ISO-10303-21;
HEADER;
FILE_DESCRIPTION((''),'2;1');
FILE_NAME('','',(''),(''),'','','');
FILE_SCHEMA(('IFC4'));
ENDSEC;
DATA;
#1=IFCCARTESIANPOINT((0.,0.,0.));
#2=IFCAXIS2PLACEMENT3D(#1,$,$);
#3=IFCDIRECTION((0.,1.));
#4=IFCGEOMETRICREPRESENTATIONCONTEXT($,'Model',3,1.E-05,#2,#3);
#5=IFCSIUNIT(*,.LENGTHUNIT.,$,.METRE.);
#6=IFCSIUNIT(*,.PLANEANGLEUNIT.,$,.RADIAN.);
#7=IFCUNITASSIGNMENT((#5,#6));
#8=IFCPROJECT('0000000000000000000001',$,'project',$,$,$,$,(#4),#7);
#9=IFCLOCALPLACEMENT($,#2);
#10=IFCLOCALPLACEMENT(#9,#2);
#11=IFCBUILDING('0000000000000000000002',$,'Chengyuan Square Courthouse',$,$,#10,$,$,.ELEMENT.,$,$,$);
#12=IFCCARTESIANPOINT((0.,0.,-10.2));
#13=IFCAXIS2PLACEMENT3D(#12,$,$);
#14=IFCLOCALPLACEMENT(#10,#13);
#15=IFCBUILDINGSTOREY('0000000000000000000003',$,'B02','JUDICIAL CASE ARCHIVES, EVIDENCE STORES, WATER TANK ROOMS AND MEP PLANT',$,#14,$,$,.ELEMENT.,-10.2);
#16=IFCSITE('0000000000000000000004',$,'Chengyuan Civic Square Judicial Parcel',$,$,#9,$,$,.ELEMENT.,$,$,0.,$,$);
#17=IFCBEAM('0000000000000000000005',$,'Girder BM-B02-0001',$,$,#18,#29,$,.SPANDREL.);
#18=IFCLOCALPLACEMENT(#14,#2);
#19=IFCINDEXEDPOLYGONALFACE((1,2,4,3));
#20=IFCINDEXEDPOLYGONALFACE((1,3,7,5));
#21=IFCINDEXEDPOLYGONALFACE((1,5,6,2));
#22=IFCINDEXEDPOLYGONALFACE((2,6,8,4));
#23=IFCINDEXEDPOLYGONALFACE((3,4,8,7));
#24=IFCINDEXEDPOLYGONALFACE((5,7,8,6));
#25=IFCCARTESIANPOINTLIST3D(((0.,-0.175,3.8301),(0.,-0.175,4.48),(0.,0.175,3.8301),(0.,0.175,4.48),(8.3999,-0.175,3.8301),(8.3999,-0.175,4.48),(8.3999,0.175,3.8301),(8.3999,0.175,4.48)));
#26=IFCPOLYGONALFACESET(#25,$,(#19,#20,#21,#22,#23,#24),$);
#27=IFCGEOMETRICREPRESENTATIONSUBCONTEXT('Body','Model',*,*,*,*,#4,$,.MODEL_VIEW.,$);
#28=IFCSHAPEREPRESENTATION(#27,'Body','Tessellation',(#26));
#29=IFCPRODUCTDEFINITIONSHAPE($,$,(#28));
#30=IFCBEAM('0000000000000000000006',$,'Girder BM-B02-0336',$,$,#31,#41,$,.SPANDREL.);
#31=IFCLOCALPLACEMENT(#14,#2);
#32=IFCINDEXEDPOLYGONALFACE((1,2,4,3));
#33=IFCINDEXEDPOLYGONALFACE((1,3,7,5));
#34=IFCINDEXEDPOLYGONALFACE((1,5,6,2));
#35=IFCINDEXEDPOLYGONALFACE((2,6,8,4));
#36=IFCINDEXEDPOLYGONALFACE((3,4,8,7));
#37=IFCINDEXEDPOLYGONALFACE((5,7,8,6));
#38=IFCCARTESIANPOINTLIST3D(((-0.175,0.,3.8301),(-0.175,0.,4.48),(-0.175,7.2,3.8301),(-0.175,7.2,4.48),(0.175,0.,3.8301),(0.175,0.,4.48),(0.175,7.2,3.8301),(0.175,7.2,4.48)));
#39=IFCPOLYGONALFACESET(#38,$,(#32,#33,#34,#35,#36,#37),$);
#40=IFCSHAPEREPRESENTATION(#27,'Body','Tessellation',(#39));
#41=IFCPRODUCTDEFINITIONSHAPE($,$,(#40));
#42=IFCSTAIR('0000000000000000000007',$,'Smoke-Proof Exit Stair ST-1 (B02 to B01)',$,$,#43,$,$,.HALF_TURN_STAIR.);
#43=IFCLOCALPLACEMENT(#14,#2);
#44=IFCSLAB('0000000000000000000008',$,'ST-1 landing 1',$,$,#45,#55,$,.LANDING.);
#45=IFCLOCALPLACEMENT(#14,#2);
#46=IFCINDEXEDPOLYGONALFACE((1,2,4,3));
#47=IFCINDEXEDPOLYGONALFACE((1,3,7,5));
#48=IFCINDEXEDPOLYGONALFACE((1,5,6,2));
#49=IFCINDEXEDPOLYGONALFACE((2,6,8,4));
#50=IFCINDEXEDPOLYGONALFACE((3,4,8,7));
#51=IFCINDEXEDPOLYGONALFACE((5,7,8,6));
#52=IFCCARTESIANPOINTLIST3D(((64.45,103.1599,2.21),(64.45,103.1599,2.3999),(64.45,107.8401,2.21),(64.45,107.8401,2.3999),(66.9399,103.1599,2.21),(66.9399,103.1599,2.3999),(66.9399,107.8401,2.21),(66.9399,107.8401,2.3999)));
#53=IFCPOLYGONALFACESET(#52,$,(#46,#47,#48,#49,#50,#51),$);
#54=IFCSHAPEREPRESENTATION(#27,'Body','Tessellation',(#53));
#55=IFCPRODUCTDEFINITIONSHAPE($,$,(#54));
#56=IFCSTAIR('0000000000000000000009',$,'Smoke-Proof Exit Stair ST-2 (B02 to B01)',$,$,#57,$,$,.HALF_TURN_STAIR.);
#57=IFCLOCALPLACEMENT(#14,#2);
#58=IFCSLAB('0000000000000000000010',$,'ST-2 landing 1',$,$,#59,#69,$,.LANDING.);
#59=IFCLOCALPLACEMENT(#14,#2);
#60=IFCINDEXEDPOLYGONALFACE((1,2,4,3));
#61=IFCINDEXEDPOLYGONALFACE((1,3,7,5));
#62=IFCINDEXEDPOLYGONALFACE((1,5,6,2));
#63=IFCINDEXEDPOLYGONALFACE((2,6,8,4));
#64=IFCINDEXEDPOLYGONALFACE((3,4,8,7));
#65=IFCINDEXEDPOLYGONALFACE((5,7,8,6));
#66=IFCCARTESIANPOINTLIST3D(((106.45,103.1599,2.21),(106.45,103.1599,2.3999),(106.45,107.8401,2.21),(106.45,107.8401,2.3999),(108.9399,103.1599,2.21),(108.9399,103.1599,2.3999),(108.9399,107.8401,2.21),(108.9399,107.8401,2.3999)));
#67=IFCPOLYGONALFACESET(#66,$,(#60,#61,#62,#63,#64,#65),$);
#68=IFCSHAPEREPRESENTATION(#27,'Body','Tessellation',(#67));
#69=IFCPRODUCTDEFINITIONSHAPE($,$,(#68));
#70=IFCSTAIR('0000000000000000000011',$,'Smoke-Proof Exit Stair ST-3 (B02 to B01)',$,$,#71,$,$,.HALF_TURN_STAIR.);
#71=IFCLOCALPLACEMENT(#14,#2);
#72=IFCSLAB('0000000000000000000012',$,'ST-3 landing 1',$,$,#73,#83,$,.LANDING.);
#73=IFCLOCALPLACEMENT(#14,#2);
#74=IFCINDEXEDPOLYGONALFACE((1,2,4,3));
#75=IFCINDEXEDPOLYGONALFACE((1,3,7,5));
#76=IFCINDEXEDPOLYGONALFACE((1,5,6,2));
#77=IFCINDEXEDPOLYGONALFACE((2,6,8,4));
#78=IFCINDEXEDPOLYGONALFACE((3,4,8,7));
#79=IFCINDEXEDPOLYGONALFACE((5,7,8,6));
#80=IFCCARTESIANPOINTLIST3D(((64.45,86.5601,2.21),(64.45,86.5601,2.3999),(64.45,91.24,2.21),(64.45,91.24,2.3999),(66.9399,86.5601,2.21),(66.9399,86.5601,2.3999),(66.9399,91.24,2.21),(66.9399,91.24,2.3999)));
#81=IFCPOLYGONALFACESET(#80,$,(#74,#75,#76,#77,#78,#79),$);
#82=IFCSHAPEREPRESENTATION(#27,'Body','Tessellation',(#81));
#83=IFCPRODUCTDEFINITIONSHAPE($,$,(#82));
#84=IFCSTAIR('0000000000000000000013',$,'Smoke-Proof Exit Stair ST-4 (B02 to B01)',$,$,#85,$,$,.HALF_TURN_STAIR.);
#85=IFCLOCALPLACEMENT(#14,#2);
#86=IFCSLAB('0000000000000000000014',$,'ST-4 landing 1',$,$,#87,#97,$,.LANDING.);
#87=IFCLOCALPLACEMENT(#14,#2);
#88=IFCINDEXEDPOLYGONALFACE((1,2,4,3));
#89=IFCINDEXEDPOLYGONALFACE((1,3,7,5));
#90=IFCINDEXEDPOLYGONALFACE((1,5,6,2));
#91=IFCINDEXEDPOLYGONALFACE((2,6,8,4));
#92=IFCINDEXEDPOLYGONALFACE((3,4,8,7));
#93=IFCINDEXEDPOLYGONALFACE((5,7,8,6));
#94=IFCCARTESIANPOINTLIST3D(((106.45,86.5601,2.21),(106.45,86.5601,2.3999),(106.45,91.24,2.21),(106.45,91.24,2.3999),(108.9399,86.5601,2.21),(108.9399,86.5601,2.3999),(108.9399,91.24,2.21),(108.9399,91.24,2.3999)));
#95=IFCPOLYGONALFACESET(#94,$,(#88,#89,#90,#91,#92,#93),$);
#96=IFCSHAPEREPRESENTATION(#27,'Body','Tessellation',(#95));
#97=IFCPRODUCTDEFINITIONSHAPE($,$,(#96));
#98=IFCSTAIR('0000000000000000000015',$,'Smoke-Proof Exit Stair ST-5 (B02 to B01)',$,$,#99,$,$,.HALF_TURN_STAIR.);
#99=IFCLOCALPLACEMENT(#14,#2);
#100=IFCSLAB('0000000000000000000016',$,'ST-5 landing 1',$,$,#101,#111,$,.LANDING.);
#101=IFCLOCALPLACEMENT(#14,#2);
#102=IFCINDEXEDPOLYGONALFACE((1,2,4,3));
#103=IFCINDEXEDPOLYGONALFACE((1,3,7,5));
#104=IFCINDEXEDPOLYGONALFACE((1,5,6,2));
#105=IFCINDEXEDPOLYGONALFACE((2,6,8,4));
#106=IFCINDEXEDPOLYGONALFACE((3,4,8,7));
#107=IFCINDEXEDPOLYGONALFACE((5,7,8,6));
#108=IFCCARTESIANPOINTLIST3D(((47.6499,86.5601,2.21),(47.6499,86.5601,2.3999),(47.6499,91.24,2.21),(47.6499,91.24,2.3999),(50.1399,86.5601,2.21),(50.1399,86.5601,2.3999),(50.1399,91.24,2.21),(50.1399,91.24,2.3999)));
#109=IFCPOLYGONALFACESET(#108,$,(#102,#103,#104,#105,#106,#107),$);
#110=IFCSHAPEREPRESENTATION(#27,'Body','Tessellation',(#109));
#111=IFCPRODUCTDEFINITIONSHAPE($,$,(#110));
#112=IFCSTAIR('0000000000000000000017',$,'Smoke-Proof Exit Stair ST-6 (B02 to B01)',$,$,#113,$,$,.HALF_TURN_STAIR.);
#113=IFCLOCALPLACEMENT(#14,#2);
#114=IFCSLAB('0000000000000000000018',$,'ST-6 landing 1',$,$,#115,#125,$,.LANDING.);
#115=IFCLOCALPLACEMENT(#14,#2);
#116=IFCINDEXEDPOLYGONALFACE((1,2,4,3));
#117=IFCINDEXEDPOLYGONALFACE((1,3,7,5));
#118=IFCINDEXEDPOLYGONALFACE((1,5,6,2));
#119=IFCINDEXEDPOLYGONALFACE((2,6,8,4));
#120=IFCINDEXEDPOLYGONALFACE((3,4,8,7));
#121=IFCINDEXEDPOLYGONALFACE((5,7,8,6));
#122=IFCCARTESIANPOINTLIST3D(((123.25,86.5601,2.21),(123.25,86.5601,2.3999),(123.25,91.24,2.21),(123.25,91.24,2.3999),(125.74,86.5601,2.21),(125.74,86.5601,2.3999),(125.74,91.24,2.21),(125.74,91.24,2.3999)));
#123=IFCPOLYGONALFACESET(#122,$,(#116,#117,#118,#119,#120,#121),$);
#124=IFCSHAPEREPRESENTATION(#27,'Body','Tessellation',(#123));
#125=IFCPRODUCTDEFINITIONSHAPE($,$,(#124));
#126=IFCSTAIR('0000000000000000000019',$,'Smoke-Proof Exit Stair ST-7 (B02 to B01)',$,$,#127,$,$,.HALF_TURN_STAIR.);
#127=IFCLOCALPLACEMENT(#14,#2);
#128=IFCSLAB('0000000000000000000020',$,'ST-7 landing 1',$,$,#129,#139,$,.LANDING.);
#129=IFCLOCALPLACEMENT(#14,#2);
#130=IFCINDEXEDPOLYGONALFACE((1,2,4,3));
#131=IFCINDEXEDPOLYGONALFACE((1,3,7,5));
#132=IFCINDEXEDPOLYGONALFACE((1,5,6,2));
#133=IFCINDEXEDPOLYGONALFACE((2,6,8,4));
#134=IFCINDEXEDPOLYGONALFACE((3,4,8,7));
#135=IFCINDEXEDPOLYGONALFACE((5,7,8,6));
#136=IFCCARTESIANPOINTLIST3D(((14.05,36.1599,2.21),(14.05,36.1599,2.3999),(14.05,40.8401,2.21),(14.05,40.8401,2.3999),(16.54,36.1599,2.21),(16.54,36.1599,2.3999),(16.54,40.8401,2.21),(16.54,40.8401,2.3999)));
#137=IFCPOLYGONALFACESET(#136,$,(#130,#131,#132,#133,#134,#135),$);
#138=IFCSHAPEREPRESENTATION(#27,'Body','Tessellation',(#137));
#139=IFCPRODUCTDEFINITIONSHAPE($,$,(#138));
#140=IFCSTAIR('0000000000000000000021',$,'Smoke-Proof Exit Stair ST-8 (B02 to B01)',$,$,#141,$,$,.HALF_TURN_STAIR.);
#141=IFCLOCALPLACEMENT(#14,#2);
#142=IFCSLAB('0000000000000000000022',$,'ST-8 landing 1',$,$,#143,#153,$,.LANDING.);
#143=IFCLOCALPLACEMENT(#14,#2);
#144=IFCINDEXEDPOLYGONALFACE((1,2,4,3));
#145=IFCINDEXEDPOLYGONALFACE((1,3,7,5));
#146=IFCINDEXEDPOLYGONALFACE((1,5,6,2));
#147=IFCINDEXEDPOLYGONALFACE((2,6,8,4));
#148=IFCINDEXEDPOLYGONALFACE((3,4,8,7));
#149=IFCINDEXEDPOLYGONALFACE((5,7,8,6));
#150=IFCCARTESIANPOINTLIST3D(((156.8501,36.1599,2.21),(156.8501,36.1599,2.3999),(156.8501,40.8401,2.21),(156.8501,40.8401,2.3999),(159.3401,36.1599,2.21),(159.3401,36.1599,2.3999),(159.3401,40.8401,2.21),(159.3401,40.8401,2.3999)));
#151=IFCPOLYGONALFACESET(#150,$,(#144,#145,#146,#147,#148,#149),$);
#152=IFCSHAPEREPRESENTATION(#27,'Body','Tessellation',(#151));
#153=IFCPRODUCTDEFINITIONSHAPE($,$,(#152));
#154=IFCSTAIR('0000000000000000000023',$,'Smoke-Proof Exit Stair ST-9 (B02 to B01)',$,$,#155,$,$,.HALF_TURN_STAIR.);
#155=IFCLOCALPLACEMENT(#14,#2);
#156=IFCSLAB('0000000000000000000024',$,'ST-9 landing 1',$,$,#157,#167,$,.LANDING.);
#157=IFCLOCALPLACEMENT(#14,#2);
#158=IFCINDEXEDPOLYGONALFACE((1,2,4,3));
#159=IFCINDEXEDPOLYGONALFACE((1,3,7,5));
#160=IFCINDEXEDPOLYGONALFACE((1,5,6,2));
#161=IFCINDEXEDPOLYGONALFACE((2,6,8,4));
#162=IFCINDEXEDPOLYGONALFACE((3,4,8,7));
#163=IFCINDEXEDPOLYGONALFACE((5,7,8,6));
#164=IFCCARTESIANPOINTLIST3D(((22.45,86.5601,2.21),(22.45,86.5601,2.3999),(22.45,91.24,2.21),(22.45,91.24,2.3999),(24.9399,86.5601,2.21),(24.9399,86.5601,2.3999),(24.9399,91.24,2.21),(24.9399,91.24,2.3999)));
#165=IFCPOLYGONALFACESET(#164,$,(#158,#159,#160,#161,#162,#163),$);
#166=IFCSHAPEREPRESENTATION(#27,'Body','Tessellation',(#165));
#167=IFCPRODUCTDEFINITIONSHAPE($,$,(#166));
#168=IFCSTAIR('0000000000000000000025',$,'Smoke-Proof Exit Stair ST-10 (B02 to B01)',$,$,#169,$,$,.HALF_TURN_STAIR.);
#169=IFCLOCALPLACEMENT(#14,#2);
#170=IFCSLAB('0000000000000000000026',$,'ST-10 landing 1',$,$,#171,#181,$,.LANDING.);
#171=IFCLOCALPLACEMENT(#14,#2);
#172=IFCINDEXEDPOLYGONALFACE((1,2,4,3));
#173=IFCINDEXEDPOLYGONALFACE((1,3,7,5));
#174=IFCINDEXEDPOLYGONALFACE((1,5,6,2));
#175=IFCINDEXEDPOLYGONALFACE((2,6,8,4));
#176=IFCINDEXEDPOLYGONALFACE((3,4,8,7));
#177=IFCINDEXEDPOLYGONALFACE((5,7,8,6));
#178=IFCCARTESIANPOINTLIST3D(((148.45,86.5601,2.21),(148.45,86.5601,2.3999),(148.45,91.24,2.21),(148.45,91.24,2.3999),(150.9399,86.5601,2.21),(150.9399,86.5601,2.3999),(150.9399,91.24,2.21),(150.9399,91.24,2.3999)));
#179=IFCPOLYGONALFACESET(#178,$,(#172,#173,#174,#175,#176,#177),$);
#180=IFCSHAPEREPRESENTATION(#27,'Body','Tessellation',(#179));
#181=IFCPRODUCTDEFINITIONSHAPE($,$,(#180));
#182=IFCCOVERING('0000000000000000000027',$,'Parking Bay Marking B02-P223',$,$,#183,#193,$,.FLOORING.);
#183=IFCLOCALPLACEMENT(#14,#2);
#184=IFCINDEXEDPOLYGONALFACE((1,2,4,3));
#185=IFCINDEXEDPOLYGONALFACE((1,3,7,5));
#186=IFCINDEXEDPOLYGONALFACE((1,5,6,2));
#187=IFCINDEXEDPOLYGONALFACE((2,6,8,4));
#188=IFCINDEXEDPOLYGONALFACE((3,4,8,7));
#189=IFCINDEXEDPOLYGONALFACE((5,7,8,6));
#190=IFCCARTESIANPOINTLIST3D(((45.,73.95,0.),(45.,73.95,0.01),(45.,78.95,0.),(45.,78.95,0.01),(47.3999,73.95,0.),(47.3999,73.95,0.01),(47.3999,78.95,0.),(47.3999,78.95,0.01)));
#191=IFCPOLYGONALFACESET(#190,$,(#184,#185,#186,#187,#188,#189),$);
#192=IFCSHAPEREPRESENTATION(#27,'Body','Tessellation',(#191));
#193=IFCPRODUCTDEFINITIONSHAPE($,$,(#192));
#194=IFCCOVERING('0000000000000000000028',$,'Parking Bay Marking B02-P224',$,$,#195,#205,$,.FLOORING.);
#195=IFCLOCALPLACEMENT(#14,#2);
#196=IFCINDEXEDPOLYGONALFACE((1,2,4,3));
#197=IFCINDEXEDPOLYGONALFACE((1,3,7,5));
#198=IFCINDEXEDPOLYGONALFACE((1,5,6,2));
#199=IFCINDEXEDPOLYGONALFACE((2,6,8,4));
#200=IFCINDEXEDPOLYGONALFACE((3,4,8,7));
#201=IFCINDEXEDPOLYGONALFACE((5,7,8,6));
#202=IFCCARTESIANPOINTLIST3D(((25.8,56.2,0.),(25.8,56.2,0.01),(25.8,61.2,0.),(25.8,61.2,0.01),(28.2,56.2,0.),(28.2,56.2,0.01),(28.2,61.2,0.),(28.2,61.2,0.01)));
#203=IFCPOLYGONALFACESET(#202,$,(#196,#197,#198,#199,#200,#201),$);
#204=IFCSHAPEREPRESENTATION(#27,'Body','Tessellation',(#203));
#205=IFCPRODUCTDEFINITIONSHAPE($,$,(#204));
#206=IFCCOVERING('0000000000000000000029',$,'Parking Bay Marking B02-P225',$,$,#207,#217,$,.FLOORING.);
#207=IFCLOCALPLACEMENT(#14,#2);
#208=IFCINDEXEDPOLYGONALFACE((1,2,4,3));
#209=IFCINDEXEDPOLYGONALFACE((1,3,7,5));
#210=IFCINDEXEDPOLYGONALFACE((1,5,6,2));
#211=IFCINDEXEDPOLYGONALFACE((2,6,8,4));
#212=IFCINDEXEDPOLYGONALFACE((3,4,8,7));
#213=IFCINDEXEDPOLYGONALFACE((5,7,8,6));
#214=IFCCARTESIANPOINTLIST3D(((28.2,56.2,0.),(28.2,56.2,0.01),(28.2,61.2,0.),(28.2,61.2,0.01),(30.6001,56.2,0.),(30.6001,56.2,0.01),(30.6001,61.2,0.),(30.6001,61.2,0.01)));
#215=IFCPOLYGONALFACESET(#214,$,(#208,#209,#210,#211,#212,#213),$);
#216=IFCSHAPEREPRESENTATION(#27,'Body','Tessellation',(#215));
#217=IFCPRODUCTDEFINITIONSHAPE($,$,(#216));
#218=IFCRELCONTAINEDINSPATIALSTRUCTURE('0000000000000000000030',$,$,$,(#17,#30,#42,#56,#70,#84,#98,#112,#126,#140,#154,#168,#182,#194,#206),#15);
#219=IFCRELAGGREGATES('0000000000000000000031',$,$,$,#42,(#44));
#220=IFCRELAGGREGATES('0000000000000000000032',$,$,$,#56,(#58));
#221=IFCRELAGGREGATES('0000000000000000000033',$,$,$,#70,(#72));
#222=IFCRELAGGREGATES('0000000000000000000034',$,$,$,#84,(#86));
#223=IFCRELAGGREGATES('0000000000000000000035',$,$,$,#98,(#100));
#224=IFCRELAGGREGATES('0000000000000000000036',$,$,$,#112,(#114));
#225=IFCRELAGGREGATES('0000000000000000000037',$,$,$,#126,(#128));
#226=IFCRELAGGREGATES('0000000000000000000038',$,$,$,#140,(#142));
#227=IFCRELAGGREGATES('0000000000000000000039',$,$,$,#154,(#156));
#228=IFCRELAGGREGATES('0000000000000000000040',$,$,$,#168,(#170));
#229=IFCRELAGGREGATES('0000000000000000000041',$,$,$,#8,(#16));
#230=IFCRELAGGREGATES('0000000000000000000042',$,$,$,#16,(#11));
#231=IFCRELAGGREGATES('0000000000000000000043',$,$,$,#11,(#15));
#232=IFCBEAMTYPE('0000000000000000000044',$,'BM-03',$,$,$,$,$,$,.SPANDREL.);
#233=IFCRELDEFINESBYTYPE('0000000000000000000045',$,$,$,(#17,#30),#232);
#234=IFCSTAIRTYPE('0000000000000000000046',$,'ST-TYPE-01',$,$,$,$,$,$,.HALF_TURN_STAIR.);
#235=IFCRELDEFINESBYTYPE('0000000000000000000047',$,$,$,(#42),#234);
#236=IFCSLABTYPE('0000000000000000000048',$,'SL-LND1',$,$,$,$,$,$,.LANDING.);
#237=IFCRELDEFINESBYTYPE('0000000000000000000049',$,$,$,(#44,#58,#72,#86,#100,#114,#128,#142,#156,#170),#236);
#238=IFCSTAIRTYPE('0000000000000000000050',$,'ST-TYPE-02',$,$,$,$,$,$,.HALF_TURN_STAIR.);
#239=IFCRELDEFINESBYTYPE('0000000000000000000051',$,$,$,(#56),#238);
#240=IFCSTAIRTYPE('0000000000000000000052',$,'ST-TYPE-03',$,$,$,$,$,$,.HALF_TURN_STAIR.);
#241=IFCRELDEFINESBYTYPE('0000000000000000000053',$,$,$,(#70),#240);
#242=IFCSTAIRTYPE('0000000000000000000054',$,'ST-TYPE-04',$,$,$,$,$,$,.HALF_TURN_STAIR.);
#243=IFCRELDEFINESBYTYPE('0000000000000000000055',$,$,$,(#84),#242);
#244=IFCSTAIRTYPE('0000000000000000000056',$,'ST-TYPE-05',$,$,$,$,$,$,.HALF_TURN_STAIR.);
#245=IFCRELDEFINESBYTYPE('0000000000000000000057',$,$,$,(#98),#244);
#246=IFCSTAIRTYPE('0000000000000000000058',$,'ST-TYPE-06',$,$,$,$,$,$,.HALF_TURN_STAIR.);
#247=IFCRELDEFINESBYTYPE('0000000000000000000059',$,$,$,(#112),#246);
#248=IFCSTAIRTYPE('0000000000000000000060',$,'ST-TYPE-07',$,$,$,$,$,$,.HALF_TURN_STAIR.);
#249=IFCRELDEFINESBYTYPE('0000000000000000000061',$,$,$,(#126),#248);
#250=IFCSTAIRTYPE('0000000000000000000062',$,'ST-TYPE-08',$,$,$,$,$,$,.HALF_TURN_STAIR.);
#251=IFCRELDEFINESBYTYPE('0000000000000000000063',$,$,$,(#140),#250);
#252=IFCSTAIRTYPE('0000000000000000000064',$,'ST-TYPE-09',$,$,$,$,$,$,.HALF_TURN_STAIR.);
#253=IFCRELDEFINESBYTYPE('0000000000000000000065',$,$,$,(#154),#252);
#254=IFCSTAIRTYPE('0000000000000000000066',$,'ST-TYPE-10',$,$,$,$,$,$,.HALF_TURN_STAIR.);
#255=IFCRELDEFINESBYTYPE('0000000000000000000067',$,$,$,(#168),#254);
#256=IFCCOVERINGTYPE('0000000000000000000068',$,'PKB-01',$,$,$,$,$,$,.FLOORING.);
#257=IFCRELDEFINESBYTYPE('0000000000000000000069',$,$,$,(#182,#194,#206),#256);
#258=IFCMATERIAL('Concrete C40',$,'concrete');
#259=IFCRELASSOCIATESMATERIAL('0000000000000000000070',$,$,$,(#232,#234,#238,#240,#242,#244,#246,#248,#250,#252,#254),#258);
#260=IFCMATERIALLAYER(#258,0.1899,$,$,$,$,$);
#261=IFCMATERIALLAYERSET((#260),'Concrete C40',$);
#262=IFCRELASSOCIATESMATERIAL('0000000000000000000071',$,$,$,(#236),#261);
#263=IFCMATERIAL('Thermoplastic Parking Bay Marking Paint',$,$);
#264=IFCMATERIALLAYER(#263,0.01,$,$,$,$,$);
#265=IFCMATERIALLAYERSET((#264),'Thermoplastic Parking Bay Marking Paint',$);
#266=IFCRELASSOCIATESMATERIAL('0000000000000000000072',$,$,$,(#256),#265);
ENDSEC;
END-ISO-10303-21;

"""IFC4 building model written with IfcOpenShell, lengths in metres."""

from ifc_helpers import new_model, si_unit, direction, frame, origin, origin_2d, place, context, subcontext, project, spatial, polyline, rectangle, outline, extrude, material, layer, layer_set, material_profile, profile_set, type_object, element, aggregate, save


model = new_model("IFC4")

# Units and contexts
model_context = context("Model", 3, precision=1e-05, world=origin(), true_north=direction((0.0, 1.0)))
body_context = subcontext(model_context, "Body", "Model", "MODEL_VIEW")
ifc_project = project(units=[si_unit("LENGTHUNIT", "METRE"), si_unit("PLANEANGLEUNIT", "RADIAN")], contexts=[model_context])

# Site, building, storey
site_placement = place(None, origin())
site = spatial("IfcSite", under=ifc_project, at=site_placement, Name="Chengyuan Civic Square Judicial Parcel", CompositionType="ELEMENT", RefElevation=0.0)
building_placement = place(site_placement, origin())
building = spatial("IfcBuilding", under=site, at=building_placement, Name="Chengyuan Square Courthouse", CompositionType="ELEMENT")
storey_placement = place(building_placement, frame((0.0, 0.0, -10.2)))
storey = spatial("IfcBuildingStorey", under=building, at=storey_placement, Name="B02", Description="JUDICIAL CASE ARCHIVES, EVIDENCE STORES, WATER TANK ROOMS AND MEP PLANT", CompositionType="ELEMENT", Elevation=-10.2)

# Beams
ifc_material_1 = material(Name="Concrete C40", Category="concrete")
ifc_material_profile = material_profile(ifc_material_1, rectangle(XDim=0.3501, YDim=0.6499, at=origin_2d()), Name="RC-BM-350x650")
ifc_profile_set = profile_set([ifc_material_profile], Name="Concrete C40")
beam_type = type_object("IfcBeamType", Name="BM-03", PredefinedType="SPANDREL", material=ifc_profile_set)
beam_1_placement = place(storey_placement, frame((0.0, 0.0, 4.155), z_axis=(1.0, 0.0, 0.0), x_axis=(0.0, 1.0, 0.0)))
element("IfcBeam", 1, at=beam_1_placement, inside=storey, type_object=beam_type, Name="Girder BM-B02-0001", PredefinedType="SPANDREL", context=body_context, shape_type="SweptSolid", body=[
    extrude(rectangle(XDim=0.3501, YDim=0.6499, at=origin_2d()), origin(), (0.0, 0.0, 1.0), 8.3999),
])
beam_2_placement = place(storey_placement, frame((0.0, 0.0, 4.155), z_axis=(0.0, 1.0, 0.0), x_axis=(-1.0, 0.0, 0.0)))
element("IfcBeam", 2, at=beam_2_placement, inside=storey, type_object=beam_type, Name="Girder BM-B02-0336", PredefinedType="SPANDREL", context=body_context, shape_type="SweptSolid", body=[
    extrude(rectangle(XDim=0.3501, YDim=0.6499, at=origin_2d()), origin(), (0.0, 0.0, 1.0), 7.2),
])

# Stairs, slabs
stair_type_1 = type_object("IfcStairType", Name="ST-TYPE-01", PredefinedType="HALF_TURN_STAIR", material=ifc_material_1)
stair_1_placement = place(storey_placement, origin())
stair_1 = element("IfcStair", 3, at=stair_1_placement, inside=storey, type_object=stair_type_1, Name="Smoke-Proof Exit Stair ST-1 (B02 to B01)", PredefinedType="HALF_TURN_STAIR")
ifc_layer_1 = layer(ifc_material_1, 0.1899)
ifc_layer_set_1 = layer_set([ifc_layer_1], Name="Concrete C40")
slab_type = type_object("IfcSlabType", Name="SL-LND1", PredefinedType="LANDING", material=ifc_layer_set_1)
slab_1_placement = place(storey_placement, frame((0.0, 0.0, 2.21)))
slab_1 = element("IfcSlab", 4, at=slab_1_placement, type_object=slab_type, Name="ST-1 landing 1", PredefinedType="LANDING", context=body_context, shape_type="SweptSolid", body=[
    extrude(outline(polyline([(64.45, 103.1599), (66.9399, 103.1599), (66.9399, 107.8401), (64.45, 107.8401), (64.45, 103.1599)])), origin(), (0.0, 0.0, 1.0), 0.1899),
])
aggregate(stair_1, [slab_1])
stair_type_2 = type_object("IfcStairType", Name="ST-TYPE-02", PredefinedType="HALF_TURN_STAIR", material=ifc_material_1)
stair_2_placement = place(storey_placement, origin())
stair_2 = element("IfcStair", 5, at=stair_2_placement, inside=storey, type_object=stair_type_2, Name="Smoke-Proof Exit Stair ST-2 (B02 to B01)", PredefinedType="HALF_TURN_STAIR")
slab_2_placement = place(storey_placement, frame((0.0, 0.0, 2.21)))
slab_2 = element("IfcSlab", 6, at=slab_2_placement, type_object=slab_type, Name="ST-2 landing 1", PredefinedType="LANDING", context=body_context, shape_type="SweptSolid", body=[
    extrude(outline(polyline([(106.45, 103.1599), (108.9399, 103.1599), (108.9399, 107.8401), (106.45, 107.8401), (106.45, 103.1599)])), origin(), (0.0, 0.0, 1.0), 0.1899),
])
aggregate(stair_2, [slab_2])
stair_type_3 = type_object("IfcStairType", Name="ST-TYPE-03", PredefinedType="HALF_TURN_STAIR", material=ifc_material_1)
stair_3_placement = place(storey_placement, origin())
stair_3 = element("IfcStair", 7, at=stair_3_placement, inside=storey, type_object=stair_type_3, Name="Smoke-Proof Exit Stair ST-3 (B02 to B01)", PredefinedType="HALF_TURN_STAIR")
slab_3_placement = place(storey_placement, frame((0.0, 0.0, 2.21)))
slab_3 = element("IfcSlab", 8, at=slab_3_placement, type_object=slab_type, Name="ST-3 landing 1", PredefinedType="LANDING", context=body_context, shape_type="SweptSolid", body=[
    extrude(outline(polyline([(64.45, 86.5601), (66.9399, 86.5601), (66.9399, 91.24), (64.45, 91.24), (64.45, 86.5601)])), origin(), (0.0, 0.0, 1.0), 0.1899),
])
aggregate(stair_3, [slab_3])
stair_type_4 = type_object("IfcStairType", Name="ST-TYPE-04", PredefinedType="HALF_TURN_STAIR", material=ifc_material_1)
stair_4_placement = place(storey_placement, origin())
stair_4 = element("IfcStair", 9, at=stair_4_placement, inside=storey, type_object=stair_type_4, Name="Smoke-Proof Exit Stair ST-4 (B02 to B01)", PredefinedType="HALF_TURN_STAIR")
slab_4_placement = place(storey_placement, frame((0.0, 0.0, 2.21)))
slab_4 = element("IfcSlab", 10, at=slab_4_placement, type_object=slab_type, Name="ST-4 landing 1", PredefinedType="LANDING", context=body_context, shape_type="SweptSolid", body=[
    extrude(outline(polyline([(106.45, 86.5601), (108.9399, 86.5601), (108.9399, 91.24), (106.45, 91.24), (106.45, 86.5601)])), origin(), (0.0, 0.0, 1.0), 0.1899),
])
aggregate(stair_4, [slab_4])
stair_type_5 = type_object("IfcStairType", Name="ST-TYPE-05", PredefinedType="HALF_TURN_STAIR", material=ifc_material_1)
stair_5_placement = place(storey_placement, origin())
stair_5 = element("IfcStair", 11, at=stair_5_placement, inside=storey, type_object=stair_type_5, Name="Smoke-Proof Exit Stair ST-5 (B02 to B01)", PredefinedType="HALF_TURN_STAIR")
slab_5_placement = place(storey_placement, frame((0.0, 0.0, 2.21)))
slab_5 = element("IfcSlab", 12, at=slab_5_placement, type_object=slab_type, Name="ST-5 landing 1", PredefinedType="LANDING", context=body_context, shape_type="SweptSolid", body=[
    extrude(outline(polyline([(47.6499, 86.5601), (50.1399, 86.5601), (50.1399, 91.24), (47.6499, 91.24), (47.6499, 86.5601)])), origin(), (0.0, 0.0, 1.0), 0.1899),
])
aggregate(stair_5, [slab_5])
stair_type_6 = type_object("IfcStairType", Name="ST-TYPE-06", PredefinedType="HALF_TURN_STAIR", material=ifc_material_1)
stair_6_placement = place(storey_placement, origin())
stair_6 = element("IfcStair", 13, at=stair_6_placement, inside=storey, type_object=stair_type_6, Name="Smoke-Proof Exit Stair ST-6 (B02 to B01)", PredefinedType="HALF_TURN_STAIR")
slab_6_placement = place(storey_placement, frame((0.0, 0.0, 2.21)))
slab_6 = element("IfcSlab", 14, at=slab_6_placement, type_object=slab_type, Name="ST-6 landing 1", PredefinedType="LANDING", context=body_context, shape_type="SweptSolid", body=[
    extrude(outline(polyline([(123.25, 86.5601), (125.74, 86.5601), (125.74, 91.24), (123.25, 91.24), (123.25, 86.5601)])), origin(), (0.0, 0.0, 1.0), 0.1899),
])
aggregate(stair_6, [slab_6])
stair_type_7 = type_object("IfcStairType", Name="ST-TYPE-07", PredefinedType="HALF_TURN_STAIR", material=ifc_material_1)
stair_7_placement = place(storey_placement, origin())
stair_7 = element("IfcStair", 15, at=stair_7_placement, inside=storey, type_object=stair_type_7, Name="Smoke-Proof Exit Stair ST-7 (B02 to B01)", PredefinedType="HALF_TURN_STAIR")
slab_7_placement = place(storey_placement, frame((0.0, 0.0, 2.21)))
slab_7 = element("IfcSlab", 16, at=slab_7_placement, type_object=slab_type, Name="ST-7 landing 1", PredefinedType="LANDING", context=body_context, shape_type="SweptSolid", body=[
    extrude(outline(polyline([(14.05, 36.1599), (16.54, 36.1599), (16.54, 40.8401), (14.05, 40.8401), (14.05, 36.1599)])), origin(), (0.0, 0.0, 1.0), 0.1899),
])
aggregate(stair_7, [slab_7])
stair_type_8 = type_object("IfcStairType", Name="ST-TYPE-08", PredefinedType="HALF_TURN_STAIR", material=ifc_material_1)
stair_8_placement = place(storey_placement, origin())
stair_8 = element("IfcStair", 17, at=stair_8_placement, inside=storey, type_object=stair_type_8, Name="Smoke-Proof Exit Stair ST-8 (B02 to B01)", PredefinedType="HALF_TURN_STAIR")
slab_8_placement = place(storey_placement, frame((0.0, 0.0, 2.21)))
slab_8 = element("IfcSlab", 18, at=slab_8_placement, type_object=slab_type, Name="ST-8 landing 1", PredefinedType="LANDING", context=body_context, shape_type="SweptSolid", body=[
    extrude(outline(polyline([(156.8501, 36.1599), (159.3401, 36.1599), (159.3401, 40.8401), (156.8501, 40.8401), (156.8501, 36.1599)])), origin(), (0.0, 0.0, 1.0), 0.1899),
])
aggregate(stair_8, [slab_8])
stair_type_9 = type_object("IfcStairType", Name="ST-TYPE-09", PredefinedType="HALF_TURN_STAIR", material=ifc_material_1)
stair_9_placement = place(storey_placement, origin())
stair_9 = element("IfcStair", 19, at=stair_9_placement, inside=storey, type_object=stair_type_9, Name="Smoke-Proof Exit Stair ST-9 (B02 to B01)", PredefinedType="HALF_TURN_STAIR")
slab_9_placement = place(storey_placement, frame((0.0, 0.0, 2.21)))
slab_9 = element("IfcSlab", 20, at=slab_9_placement, type_object=slab_type, Name="ST-9 landing 1", PredefinedType="LANDING", context=body_context, shape_type="SweptSolid", body=[
    extrude(outline(polyline([(22.45, 86.5601), (24.9399, 86.5601), (24.9399, 91.24), (22.45, 91.24), (22.45, 86.5601)])), origin(), (0.0, 0.0, 1.0), 0.1899),
])
aggregate(stair_9, [slab_9])
stair_type_10 = type_object("IfcStairType", Name="ST-TYPE-10", PredefinedType="HALF_TURN_STAIR", material=ifc_material_1)
stair_10_placement = place(storey_placement, origin())
stair_10 = element("IfcStair", 21, at=stair_10_placement, inside=storey, type_object=stair_type_10, Name="Smoke-Proof Exit Stair ST-10 (B02 to B01)", PredefinedType="HALF_TURN_STAIR")
slab_10_placement = place(storey_placement, frame((0.0, 0.0, 2.21)))
slab_10 = element("IfcSlab", 22, at=slab_10_placement, type_object=slab_type, Name="ST-10 landing 1", PredefinedType="LANDING", context=body_context, shape_type="SweptSolid", body=[
    extrude(outline(polyline([(148.45, 86.5601), (150.9399, 86.5601), (150.9399, 91.24), (148.45, 91.24), (148.45, 86.5601)])), origin(), (0.0, 0.0, 1.0), 0.1899),
])
aggregate(stair_10, [slab_10])

# Coverings
ifc_material_2 = material(Name="Thermoplastic Parking Bay Marking Paint")
ifc_layer_2 = layer(ifc_material_2, 0.01)
ifc_layer_set_2 = layer_set([ifc_layer_2], Name="Thermoplastic Parking Bay Marking Paint")
covering_type_1 = type_object("IfcCoveringType", Name="PKB-01", PredefinedType="FLOORING", material=ifc_layer_set_2)
covering_1_placement = place(storey_placement, origin())
element("IfcCovering", 23, at=covering_1_placement, inside=storey, type_object=covering_type_1, Name="Parking Bay Marking B02-P223", PredefinedType="FLOORING", context=body_context, shape_type="SweptSolid", body=[
    extrude(outline(polyline([(45.0, 73.95), (47.3999, 73.95), (47.3999, 78.95), (45.0, 78.95), (45.0, 73.95)])), origin(), (0.0, 0.0, 1.0), 0.01),
])
covering_2_placement = place(storey_placement, origin())
element("IfcCovering", 24, at=covering_2_placement, inside=storey, type_object=covering_type_1, Name="Parking Bay Marking B02-P224", PredefinedType="FLOORING", context=body_context, shape_type="SweptSolid", body=[
    extrude(outline(polyline([(25.8, 56.2), (28.2, 56.2), (28.2, 61.2), (25.8, 61.2), (25.8, 56.2)])), origin(), (0.0, 0.0, 1.0), 0.01),
])
covering_3_placement = place(storey_placement, origin())
element("IfcCovering", 25, at=covering_3_placement, inside=storey, type_object=covering_type_1, Name="Parking Bay Marking B02-P225", PredefinedType="FLOORING", context=body_context, shape_type="SweptSolid", body=[
    extrude(outline(polyline([(28.2, 56.2), (30.6001, 56.2), (30.6001, 61.2), (28.2, 61.2), (28.2, 56.2)])), origin(), (0.0, 0.0, 1.0), 0.01),
])

save(model, "model.ifc")
